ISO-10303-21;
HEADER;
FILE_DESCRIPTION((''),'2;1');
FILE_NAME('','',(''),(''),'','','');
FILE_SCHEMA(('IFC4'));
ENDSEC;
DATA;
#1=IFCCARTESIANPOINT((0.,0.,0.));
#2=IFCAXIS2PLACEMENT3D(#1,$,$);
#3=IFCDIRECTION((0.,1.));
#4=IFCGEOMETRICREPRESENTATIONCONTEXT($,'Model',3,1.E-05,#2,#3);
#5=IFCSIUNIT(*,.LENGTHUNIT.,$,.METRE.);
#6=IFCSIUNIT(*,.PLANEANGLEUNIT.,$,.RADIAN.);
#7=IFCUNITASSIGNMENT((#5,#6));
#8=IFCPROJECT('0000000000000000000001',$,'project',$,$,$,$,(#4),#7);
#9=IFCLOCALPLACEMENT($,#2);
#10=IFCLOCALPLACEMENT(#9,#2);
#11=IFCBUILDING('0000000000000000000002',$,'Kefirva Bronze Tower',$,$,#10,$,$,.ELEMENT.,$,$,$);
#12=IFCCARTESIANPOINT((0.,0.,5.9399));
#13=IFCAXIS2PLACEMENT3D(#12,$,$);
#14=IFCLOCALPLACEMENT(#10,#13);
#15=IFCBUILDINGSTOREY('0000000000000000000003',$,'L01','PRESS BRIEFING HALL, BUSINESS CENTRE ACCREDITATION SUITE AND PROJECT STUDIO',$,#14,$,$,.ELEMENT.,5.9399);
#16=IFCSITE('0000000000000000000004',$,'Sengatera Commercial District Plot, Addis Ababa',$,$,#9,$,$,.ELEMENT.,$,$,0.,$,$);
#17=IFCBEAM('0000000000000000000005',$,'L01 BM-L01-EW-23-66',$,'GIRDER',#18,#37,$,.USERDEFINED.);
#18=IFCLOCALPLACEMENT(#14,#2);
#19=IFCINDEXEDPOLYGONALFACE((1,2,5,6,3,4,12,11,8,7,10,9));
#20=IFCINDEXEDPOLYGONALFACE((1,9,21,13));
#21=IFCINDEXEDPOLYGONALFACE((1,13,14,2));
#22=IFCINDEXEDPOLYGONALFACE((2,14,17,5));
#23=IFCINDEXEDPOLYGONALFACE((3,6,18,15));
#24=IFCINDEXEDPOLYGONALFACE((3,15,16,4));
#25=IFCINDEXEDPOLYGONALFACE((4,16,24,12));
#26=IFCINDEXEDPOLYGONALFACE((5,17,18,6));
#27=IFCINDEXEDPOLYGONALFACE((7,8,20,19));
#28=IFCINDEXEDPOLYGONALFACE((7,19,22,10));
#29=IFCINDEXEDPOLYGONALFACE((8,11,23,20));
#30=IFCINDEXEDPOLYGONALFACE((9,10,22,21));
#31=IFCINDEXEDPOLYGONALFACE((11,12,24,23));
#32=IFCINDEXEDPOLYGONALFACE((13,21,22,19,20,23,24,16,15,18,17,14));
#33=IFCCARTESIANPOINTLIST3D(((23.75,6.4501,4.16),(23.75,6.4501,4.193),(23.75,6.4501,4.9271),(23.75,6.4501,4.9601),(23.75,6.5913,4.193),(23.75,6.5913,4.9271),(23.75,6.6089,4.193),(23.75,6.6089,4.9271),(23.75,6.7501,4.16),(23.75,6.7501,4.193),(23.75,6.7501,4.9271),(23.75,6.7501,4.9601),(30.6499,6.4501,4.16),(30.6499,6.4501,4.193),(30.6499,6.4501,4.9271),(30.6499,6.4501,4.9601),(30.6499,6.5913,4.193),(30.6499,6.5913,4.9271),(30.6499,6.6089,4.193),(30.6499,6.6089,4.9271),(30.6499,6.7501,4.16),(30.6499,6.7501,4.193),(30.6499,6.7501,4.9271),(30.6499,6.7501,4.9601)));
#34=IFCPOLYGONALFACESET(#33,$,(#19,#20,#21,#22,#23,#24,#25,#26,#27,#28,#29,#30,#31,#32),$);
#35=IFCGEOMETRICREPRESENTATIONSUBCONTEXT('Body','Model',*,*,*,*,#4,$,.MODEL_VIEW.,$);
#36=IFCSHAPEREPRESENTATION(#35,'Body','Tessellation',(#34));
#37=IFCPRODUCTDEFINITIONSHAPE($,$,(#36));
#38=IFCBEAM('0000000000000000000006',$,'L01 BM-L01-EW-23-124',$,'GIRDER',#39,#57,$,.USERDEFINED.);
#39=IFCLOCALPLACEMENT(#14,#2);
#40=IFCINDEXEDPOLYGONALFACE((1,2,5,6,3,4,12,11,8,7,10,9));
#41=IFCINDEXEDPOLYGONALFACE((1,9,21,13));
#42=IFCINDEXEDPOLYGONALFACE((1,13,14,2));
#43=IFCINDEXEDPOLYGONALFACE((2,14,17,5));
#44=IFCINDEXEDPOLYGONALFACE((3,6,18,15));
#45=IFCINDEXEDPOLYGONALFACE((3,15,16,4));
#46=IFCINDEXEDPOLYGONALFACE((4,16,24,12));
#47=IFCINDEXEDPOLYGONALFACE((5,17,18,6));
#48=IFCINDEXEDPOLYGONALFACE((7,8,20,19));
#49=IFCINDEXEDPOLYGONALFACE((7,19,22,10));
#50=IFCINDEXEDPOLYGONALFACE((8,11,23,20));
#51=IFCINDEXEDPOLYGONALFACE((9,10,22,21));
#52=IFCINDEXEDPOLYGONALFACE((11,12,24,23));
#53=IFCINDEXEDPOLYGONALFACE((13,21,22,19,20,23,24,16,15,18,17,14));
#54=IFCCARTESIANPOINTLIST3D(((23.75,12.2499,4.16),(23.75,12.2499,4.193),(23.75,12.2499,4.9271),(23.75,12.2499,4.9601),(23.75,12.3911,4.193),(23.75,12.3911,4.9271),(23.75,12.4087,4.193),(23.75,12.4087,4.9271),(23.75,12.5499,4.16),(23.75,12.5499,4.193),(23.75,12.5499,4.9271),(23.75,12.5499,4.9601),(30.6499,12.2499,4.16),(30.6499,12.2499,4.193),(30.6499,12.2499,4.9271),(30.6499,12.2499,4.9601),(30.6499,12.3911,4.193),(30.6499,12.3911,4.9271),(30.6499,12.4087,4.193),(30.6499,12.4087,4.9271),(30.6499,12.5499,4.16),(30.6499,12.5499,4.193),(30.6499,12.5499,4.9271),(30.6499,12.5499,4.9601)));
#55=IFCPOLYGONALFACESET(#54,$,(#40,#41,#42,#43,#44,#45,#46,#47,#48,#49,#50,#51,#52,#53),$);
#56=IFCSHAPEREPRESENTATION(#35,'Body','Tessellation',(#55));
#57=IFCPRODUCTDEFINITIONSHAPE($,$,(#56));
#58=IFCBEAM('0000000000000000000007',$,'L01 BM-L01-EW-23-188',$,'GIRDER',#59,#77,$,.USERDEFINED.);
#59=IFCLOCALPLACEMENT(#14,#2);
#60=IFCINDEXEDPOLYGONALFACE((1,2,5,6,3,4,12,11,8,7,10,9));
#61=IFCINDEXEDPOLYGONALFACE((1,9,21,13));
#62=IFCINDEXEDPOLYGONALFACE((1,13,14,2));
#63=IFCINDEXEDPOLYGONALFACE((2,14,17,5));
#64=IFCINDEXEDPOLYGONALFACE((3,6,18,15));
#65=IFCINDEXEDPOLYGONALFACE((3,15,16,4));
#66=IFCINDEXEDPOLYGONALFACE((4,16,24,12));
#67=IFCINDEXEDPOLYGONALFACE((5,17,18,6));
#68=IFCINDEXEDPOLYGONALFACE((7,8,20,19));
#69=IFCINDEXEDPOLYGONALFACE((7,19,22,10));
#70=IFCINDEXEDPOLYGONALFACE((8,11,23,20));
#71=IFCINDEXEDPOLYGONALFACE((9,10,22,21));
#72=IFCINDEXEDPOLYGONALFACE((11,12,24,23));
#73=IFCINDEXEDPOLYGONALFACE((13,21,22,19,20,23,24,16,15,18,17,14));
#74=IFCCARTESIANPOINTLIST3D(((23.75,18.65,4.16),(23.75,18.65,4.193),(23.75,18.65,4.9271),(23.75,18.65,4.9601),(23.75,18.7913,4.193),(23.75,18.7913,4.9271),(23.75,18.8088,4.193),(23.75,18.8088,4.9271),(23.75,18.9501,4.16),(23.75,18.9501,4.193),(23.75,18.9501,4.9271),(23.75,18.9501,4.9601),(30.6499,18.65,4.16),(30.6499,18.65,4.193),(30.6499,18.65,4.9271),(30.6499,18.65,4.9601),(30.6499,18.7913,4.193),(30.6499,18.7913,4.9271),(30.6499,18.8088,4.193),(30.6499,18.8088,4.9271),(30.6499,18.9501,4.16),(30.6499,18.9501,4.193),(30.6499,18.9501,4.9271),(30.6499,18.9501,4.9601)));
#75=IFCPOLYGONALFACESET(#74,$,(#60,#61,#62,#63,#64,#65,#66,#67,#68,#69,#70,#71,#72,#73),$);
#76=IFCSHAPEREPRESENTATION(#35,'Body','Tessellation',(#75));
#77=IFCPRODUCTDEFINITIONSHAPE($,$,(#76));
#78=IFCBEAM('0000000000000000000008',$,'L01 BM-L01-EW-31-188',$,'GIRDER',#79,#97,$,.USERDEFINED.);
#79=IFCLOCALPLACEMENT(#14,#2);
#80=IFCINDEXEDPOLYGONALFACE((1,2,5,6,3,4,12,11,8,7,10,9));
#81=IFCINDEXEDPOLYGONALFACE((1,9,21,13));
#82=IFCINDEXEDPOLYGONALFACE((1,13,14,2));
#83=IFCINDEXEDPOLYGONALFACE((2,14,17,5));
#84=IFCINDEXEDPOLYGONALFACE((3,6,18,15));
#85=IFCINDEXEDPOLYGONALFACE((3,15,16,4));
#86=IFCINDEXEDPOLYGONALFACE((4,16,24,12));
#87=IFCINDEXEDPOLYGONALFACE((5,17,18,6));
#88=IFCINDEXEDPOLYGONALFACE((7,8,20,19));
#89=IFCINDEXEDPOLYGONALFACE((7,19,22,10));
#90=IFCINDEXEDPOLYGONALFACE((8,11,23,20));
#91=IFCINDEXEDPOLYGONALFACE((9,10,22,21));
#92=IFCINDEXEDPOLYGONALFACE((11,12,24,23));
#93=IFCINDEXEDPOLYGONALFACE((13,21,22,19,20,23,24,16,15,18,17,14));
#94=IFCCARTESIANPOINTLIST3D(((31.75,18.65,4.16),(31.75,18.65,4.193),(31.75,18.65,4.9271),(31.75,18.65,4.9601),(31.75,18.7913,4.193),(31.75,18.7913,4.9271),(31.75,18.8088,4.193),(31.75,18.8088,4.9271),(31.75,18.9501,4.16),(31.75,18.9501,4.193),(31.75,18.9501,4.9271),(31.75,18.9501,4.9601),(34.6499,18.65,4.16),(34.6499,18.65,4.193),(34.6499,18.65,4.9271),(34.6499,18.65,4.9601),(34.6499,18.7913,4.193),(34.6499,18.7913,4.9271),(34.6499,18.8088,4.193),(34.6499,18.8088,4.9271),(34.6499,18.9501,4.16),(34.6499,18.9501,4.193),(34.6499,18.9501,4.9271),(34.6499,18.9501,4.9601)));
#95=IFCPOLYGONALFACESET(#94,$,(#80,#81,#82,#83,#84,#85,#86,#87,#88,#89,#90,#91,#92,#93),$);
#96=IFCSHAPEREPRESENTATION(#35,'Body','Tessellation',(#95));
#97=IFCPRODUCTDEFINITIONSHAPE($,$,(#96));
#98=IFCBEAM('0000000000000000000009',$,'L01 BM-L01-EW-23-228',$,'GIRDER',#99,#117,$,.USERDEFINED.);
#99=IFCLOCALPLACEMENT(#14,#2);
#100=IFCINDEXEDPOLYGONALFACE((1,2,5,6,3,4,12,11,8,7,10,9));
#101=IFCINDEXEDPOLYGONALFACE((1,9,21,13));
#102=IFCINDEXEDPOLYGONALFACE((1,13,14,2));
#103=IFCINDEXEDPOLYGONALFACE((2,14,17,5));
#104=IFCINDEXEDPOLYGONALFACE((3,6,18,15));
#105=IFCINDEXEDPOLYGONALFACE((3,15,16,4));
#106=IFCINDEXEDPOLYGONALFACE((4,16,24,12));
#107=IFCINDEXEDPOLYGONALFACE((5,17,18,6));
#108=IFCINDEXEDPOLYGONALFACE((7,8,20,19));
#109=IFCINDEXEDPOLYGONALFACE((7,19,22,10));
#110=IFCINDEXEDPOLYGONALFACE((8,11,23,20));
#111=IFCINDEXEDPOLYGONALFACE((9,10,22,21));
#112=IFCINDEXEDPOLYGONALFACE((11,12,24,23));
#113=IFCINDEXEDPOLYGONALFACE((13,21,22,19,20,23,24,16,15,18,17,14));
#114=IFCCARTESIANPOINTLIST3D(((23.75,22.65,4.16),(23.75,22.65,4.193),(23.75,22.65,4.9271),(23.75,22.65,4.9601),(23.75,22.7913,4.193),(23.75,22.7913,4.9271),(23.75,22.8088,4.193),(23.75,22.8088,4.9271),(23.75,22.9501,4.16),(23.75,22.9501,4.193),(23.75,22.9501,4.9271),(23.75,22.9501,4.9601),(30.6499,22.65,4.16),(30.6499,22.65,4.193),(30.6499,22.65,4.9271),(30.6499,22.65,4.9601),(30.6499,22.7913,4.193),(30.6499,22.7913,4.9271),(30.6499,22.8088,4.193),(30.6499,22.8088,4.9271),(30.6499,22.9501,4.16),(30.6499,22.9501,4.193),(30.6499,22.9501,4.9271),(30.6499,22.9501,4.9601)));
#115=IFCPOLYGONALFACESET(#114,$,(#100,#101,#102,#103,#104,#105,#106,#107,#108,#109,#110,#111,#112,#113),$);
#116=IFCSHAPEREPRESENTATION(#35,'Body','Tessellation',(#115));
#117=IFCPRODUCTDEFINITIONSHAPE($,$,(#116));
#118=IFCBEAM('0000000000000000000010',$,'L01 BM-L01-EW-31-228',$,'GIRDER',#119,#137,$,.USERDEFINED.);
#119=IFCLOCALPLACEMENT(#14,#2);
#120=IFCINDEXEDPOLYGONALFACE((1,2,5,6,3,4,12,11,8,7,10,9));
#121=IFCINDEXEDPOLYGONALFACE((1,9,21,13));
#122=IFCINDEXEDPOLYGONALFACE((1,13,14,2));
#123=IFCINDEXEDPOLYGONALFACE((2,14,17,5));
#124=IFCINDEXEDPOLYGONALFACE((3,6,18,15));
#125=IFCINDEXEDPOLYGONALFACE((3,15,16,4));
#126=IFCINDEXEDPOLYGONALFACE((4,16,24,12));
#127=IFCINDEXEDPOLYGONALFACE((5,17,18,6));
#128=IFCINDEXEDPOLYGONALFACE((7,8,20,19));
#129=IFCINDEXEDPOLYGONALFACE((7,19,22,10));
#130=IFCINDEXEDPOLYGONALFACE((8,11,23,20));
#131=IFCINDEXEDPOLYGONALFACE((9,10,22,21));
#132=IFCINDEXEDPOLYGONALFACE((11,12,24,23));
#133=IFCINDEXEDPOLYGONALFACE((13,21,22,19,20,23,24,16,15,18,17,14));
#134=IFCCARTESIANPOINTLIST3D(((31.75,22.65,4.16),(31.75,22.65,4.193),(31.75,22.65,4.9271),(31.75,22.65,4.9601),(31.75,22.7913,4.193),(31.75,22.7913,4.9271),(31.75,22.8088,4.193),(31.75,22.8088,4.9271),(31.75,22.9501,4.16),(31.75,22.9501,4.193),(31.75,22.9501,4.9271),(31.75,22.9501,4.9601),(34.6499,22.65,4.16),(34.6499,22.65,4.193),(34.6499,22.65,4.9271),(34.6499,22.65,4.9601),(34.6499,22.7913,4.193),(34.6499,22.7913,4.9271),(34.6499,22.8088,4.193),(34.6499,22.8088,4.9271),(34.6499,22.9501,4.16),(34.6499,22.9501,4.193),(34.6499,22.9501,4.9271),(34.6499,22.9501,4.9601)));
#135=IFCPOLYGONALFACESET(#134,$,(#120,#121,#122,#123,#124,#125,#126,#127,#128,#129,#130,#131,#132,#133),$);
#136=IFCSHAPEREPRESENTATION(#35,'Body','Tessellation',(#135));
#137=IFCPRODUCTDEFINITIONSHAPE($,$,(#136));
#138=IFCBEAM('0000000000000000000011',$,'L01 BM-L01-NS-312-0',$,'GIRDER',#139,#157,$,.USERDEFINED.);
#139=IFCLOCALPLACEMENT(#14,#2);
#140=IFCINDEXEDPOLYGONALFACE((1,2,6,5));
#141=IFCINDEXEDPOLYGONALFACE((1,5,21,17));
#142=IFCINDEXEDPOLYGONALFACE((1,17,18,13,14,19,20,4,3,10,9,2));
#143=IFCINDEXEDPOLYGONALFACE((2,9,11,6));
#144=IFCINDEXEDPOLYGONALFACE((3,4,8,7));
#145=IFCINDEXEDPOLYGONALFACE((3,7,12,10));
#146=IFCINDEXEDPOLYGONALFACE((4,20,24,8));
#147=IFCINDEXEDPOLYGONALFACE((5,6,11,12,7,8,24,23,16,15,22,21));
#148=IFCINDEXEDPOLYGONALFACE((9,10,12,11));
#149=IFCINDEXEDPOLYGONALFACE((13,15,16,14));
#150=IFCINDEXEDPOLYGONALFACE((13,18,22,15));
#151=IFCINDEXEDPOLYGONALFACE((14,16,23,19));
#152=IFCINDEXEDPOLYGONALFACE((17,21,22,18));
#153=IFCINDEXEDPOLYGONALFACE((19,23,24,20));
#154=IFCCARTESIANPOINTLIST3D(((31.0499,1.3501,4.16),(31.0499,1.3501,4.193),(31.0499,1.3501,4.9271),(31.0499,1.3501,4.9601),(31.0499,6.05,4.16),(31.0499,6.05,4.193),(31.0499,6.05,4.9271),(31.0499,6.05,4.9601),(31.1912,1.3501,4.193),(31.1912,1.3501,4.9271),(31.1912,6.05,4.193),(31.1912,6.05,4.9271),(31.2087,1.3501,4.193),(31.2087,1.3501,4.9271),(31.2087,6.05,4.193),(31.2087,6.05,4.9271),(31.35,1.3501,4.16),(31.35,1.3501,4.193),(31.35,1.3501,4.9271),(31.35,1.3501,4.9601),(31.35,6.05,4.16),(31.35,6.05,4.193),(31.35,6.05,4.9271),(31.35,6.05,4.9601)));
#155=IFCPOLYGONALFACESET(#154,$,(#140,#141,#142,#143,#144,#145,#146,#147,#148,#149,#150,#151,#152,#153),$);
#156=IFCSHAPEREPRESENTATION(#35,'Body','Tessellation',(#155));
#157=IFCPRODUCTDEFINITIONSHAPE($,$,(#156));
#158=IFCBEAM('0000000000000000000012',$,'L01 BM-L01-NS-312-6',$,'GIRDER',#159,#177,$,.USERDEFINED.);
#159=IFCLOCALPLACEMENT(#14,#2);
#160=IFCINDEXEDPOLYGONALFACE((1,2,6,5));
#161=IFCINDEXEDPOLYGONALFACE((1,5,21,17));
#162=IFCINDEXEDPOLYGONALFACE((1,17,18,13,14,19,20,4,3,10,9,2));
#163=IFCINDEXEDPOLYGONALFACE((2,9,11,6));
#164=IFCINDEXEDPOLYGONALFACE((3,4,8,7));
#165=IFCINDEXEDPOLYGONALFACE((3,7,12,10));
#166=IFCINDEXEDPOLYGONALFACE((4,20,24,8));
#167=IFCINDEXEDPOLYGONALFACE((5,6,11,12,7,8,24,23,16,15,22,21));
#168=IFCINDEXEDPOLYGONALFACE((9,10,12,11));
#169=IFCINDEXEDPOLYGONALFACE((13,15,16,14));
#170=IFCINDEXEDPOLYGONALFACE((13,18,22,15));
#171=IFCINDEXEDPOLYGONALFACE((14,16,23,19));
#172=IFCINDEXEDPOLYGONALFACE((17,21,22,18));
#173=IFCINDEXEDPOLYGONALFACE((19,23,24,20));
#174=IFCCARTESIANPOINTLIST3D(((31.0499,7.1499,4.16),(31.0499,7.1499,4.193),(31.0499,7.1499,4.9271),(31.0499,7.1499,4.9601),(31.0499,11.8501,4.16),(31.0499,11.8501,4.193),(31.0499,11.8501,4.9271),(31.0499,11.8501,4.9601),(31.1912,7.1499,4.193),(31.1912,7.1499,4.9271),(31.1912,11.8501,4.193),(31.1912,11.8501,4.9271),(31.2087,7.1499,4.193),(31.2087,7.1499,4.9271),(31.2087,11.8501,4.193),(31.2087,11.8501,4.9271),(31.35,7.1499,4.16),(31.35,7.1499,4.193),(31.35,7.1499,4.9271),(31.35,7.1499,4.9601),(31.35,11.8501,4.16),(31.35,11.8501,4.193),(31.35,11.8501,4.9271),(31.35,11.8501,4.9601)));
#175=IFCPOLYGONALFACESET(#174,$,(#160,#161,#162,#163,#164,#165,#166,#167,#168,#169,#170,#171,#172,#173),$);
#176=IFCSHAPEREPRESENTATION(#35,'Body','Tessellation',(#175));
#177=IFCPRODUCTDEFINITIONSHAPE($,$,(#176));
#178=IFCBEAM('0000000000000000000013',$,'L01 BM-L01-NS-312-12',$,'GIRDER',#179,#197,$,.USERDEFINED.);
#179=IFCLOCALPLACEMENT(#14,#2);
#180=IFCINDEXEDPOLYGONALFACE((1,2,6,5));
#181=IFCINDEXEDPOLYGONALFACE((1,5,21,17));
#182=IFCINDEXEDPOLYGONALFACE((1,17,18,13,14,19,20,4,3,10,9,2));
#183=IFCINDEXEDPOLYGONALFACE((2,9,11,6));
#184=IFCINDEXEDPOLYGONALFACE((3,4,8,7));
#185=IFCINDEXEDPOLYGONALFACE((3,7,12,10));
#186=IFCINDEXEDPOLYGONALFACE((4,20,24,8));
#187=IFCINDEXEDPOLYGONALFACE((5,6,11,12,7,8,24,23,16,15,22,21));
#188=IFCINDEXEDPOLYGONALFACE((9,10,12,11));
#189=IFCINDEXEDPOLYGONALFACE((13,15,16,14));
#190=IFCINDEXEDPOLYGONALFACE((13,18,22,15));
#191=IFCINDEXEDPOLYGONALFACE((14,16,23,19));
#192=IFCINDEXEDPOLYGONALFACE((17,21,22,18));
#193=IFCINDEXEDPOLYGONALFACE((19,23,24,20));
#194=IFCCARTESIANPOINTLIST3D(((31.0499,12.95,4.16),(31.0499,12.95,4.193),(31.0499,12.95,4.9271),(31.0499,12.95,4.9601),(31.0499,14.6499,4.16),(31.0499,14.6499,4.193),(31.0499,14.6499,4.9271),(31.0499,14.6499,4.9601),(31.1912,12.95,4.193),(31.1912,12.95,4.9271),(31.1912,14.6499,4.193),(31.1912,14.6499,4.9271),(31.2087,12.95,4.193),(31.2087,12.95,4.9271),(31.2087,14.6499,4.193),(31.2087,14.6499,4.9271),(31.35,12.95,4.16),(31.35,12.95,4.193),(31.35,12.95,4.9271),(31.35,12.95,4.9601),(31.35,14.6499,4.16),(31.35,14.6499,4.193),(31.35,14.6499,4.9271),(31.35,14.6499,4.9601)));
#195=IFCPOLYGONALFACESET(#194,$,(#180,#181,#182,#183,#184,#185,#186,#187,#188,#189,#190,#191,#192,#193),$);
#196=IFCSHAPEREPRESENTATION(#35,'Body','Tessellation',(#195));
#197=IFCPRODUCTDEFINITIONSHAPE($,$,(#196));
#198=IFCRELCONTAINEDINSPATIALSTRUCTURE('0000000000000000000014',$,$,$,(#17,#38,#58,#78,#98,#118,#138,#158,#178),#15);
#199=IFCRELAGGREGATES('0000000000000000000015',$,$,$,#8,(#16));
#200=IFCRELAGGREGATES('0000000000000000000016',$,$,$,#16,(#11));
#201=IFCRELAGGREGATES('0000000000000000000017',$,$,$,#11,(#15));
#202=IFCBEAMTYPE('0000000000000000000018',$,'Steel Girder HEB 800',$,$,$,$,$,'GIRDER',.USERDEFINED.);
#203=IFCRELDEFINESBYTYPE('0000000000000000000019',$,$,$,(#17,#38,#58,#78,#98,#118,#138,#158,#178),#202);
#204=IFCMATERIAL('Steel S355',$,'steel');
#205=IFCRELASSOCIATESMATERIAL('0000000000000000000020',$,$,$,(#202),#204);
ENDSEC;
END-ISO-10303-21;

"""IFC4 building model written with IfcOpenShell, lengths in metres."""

from ifc_helpers import new_model, si_unit, direction, frame, origin, origin_2d, place, context, subcontext, project, spatial, i_section, extrude, material, material_profile, profile_set, type_object, element, save


model = new_model("IFC4")

# Units and contexts
model_context = context("Model", 3, precision=1e-05, world=origin(), true_north=direction((0.0, 1.0)))
body_context = subcontext(model_context, "Body", "Model", "MODEL_VIEW")
ifc_project = project(units=[si_unit("LENGTHUNIT", "METRE"), si_unit("PLANEANGLEUNIT", "RADIAN")], contexts=[model_context])

# Site, building, storey
site_placement = place(None, origin())
site = spatial("IfcSite", under=ifc_project, at=site_placement, Name="Sengatera Commercial District Plot, Addis Ababa", CompositionType="ELEMENT", RefElevation=0.0)
building_placement = place(site_placement, origin())
building = spatial("IfcBuilding", under=site, at=building_placement, Name="Kefirva Bronze Tower", CompositionType="ELEMENT")
storey_placement = place(building_placement, frame((0.0, 0.0, 5.9399)))
storey = spatial("IfcBuildingStorey", under=building, at=storey_placement, Name="L01", Description="PRESS BRIEFING HALL, BUSINESS CENTRE ACCREDITATION SUITE AND PROJECT STUDIO", CompositionType="ELEMENT", Elevation=5.9399)

# Beams
ifc_material_1 = material(Name="Steel S355", Category="steel")
ifc_material_profile_1 = material_profile(ifc_material_1, i_section(OverallWidth=0.3, OverallDepth=0.8, WebThickness=0.0176, FlangeThickness=0.033, at=origin_2d()), Name="HEB 800")
ifc_profile_set_1 = profile_set([ifc_material_profile_1], Name="Steel S355")
beam_type_1 = type_object("IfcBeamType", Name="Steel Girder HEB 800", ElementType="GIRDER", PredefinedType="USERDEFINED", material=ifc_profile_set_1)
for number, where, z_axis, x_axis, name in (
    (1, (23.75, 6.6001, 4.5601), (1.0, 0.0, 0.0), (0.0, 1.0, 0.0), "L01 BM-L01-EW-23-66"),
    (2, (23.75, 12.3999, 4.5601), (1.0, 0.0, 0.0), (0.0, 1.0, 0.0), "L01 BM-L01-EW-23-124"),
    (3, (23.75, 18.8, 4.5601), (1.0, 0.0, 0.0), (0.0, 1.0, 0.0), "L01 BM-L01-EW-23-188"),
):
    element("IfcBeam", number, at=place(storey_placement, frame(where, z_axis=z_axis, x_axis=x_axis)), inside=storey, type_object=beam_type_1, Name=name, ObjectType="GIRDER", PredefinedType="USERDEFINED", context=body_context, shape_type="SweptSolid", body=[
        extrude(i_section(OverallWidth=0.3, OverallDepth=0.8, WebThickness=0.0176, FlangeThickness=0.033, at=origin_2d()), origin(), (0.0, 0.0, 1.0), 6.8999),
    ])
beam_1_placement = place(storey_placement, frame((31.75, 18.8, 4.5601), z_axis=(1.0, 0.0, 0.0), x_axis=(0.0, 1.0, 0.0)))
element("IfcBeam", 4, at=beam_1_placement, inside=storey, type_object=beam_type_1, Name="L01 BM-L01-EW-31-188", ObjectType="GIRDER", PredefinedType="USERDEFINED", context=body_context, shape_type="SweptSolid", body=[
    extrude(i_section(OverallWidth=0.3, OverallDepth=0.8, WebThickness=0.0176, FlangeThickness=0.033, at=origin_2d()), origin(), (0.0, 0.0, 1.0), 2.8999),
])
beam_2_placement = place(storey_placement, frame((23.75, 22.8, 4.5601), z_axis=(1.0, 0.0, 0.0), x_axis=(0.0, 1.0, 0.0)))
element("IfcBeam", 5, at=beam_2_placement, inside=storey, type_object=beam_type_1, Name="L01 BM-L01-EW-23-228", ObjectType="GIRDER", PredefinedType="USERDEFINED", context=body_context, shape_type="SweptSolid", body=[
    extrude(i_section(OverallWidth=0.3, OverallDepth=0.8, WebThickness=0.0176, FlangeThickness=0.033, at=origin_2d()), origin(), (0.0, 0.0, 1.0), 6.8999),
])
beam_3_placement = place(storey_placement, frame((31.75, 22.8, 4.5601), z_axis=(1.0, 0.0, 0.0), x_axis=(0.0, 1.0, 0.0)))
element("IfcBeam", 6, at=beam_3_placement, inside=storey, type_object=beam_type_1, Name="L01 BM-L01-EW-31-228", ObjectType="GIRDER", PredefinedType="USERDEFINED", context=body_context, shape_type="SweptSolid", body=[
    extrude(i_section(OverallWidth=0.3, OverallDepth=0.8, WebThickness=0.0176, FlangeThickness=0.033, at=origin_2d()), origin(), (0.0, 0.0, 1.0), 2.8999),
])
beam_4_placement = place(storey_placement, frame((31.2, 1.3501, 4.5601), z_axis=(0.0, 1.0, 0.0), x_axis=(-1.0, 0.0, 0.0)))
element("IfcBeam", 7, at=beam_4_placement, inside=storey, type_object=beam_type_1, Name="L01 BM-L01-NS-312-0", ObjectType="GIRDER", PredefinedType="USERDEFINED", context=body_context, shape_type="SweptSolid", body=[
    extrude(i_section(OverallWidth=0.3, OverallDepth=0.8, WebThickness=0.0176, FlangeThickness=0.033, at=origin_2d()), origin(), (0.0, 0.0, 1.0), 4.7),
])
beam_5_placement = place(storey_placement, frame((31.2, 7.1499, 4.5601), z_axis=(0.0, 1.0, 0.0), x_axis=(-1.0, 0.0, 0.0)))
element("IfcBeam", 8, at=beam_5_placement, inside=storey, type_object=beam_type_1, Name="L01 BM-L01-NS-312-6", ObjectType="GIRDER", PredefinedType="USERDEFINED", context=body_context, shape_type="SweptSolid", body=[
    extrude(i_section(OverallWidth=0.3, OverallDepth=0.8, WebThickness=0.0176, FlangeThickness=0.033, at=origin_2d()), origin(), (0.0, 0.0, 1.0), 4.7002),
])
beam_6_placement = place(storey_placement, frame((31.2, 12.95, 4.5601), z_axis=(0.0, 1.0, 0.0), x_axis=(-1.0, 0.0, 0.0)))
element("IfcBeam", 9, at=beam_6_placement, inside=storey, type_object=beam_type_1, Name="L01 BM-L01-NS-312-12", ObjectType="GIRDER", PredefinedType="USERDEFINED", context=body_context, shape_type="SweptSolid", body=[
    extrude(i_section(OverallWidth=0.3, OverallDepth=0.8, WebThickness=0.0176, FlangeThickness=0.033, at=origin_2d()), origin(), (0.0, 0.0, 1.0), 1.7),
])

save(model, "model.ifc")
